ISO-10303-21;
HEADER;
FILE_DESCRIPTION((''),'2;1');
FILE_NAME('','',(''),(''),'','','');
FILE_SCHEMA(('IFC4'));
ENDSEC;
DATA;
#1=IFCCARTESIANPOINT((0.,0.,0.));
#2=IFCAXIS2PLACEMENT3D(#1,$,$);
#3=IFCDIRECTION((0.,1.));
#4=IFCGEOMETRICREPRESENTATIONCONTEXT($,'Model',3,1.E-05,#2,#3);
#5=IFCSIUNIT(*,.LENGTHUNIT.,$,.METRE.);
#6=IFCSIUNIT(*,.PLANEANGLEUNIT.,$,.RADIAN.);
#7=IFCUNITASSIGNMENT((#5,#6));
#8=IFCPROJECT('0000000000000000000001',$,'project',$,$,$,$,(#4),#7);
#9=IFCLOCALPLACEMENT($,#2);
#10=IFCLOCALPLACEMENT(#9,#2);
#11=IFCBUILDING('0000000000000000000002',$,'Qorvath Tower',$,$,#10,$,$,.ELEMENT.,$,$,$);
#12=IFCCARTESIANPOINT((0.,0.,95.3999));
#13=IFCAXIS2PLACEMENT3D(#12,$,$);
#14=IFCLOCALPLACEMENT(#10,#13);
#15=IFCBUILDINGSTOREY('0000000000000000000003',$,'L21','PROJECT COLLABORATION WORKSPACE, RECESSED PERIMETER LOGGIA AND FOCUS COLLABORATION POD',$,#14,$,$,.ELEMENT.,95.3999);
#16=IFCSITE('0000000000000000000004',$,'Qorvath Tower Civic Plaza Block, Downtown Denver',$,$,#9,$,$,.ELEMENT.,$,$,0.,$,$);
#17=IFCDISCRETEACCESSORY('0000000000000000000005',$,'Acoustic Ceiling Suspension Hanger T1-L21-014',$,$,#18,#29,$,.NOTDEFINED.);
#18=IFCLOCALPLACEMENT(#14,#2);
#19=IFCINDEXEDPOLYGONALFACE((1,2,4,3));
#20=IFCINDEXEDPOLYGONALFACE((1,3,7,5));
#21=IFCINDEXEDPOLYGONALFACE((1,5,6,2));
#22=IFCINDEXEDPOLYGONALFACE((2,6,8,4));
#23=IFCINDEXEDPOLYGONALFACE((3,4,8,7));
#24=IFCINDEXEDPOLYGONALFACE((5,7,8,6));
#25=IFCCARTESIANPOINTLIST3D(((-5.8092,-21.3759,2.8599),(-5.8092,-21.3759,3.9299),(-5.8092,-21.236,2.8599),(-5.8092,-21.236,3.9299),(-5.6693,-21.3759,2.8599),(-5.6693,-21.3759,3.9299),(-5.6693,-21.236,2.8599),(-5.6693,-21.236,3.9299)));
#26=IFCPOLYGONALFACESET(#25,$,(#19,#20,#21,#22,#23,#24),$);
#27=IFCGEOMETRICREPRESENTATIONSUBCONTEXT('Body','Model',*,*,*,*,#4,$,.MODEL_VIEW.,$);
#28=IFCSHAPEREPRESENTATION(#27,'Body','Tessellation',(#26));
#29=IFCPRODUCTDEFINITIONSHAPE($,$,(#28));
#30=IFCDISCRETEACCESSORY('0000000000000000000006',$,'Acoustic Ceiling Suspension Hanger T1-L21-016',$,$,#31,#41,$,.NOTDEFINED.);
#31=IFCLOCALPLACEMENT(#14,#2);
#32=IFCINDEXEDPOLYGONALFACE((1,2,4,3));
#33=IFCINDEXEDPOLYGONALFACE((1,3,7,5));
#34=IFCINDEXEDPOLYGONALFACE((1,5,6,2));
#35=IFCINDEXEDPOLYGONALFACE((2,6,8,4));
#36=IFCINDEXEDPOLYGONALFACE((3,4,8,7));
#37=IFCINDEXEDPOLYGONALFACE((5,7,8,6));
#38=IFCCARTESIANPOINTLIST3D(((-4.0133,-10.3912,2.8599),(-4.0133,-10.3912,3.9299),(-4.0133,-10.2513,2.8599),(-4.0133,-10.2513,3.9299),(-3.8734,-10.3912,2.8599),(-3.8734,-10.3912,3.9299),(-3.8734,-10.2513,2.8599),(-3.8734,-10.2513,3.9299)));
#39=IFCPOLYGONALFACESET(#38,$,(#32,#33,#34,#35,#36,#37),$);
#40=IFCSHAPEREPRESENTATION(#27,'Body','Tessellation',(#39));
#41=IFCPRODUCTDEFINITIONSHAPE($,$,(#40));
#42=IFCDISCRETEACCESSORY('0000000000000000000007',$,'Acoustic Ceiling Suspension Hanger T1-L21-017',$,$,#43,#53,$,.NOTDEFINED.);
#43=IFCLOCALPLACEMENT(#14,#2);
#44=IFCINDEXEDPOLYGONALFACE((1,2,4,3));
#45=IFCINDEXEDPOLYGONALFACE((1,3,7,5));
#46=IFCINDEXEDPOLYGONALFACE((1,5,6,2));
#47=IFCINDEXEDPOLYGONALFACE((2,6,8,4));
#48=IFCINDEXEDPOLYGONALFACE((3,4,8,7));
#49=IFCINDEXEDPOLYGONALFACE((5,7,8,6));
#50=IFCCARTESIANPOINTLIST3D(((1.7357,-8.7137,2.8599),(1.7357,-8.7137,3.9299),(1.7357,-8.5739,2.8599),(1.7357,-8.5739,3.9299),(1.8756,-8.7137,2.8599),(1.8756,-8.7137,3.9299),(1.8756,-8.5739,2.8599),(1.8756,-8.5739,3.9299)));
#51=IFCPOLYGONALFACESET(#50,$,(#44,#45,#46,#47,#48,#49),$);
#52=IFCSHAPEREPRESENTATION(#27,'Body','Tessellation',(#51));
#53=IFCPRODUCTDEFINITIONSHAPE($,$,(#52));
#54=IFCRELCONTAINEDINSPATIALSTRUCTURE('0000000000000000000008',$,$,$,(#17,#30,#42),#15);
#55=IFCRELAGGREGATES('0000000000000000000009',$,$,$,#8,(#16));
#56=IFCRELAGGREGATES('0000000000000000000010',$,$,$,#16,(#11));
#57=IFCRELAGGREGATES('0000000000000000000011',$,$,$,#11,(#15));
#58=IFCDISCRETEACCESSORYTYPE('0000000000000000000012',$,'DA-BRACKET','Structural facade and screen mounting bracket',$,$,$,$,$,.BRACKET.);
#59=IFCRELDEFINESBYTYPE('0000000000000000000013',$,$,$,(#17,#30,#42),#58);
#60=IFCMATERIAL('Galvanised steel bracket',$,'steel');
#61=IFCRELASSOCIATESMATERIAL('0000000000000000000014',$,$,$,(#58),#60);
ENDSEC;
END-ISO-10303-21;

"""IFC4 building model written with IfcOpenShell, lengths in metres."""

from ifc_helpers import new_model, si_unit, direction, frame, origin, origin_2d, place, context, subcontext, project, spatial, rectangle, extrude, material, type_object, element, save


model = new_model("IFC4")

# Units and contexts
model_context = context("Model", 3, precision=1e-05, world=origin(), true_north=direction((0.0, 1.0)))
body_context = subcontext(model_context, "Body", "Model", "MODEL_VIEW")
ifc_project = project(units=[si_unit("LENGTHUNIT", "METRE"), si_unit("PLANEANGLEUNIT", "RADIAN")], contexts=[model_context])

# Site, building, storey
site_placement = place(None, origin())
site = spatial("IfcSite", under=ifc_project, at=site_placement, Name="Qorvath Tower Civic Plaza Block, Downtown Denver", CompositionType="ELEMENT", RefElevation=0.0)
building_placement = place(site_placement, origin())
building = spatial("IfcBuilding", under=site, at=building_placement, Name="Qorvath Tower", CompositionType="ELEMENT")
storey_placement = place(building_placement, frame((0.0, 0.0, 95.3999)))
storey = spatial("IfcBuildingStorey", under=building, at=storey_placement, Name="L21", Description="PROJECT COLLABORATION WORKSPACE, RECESSED PERIMETER LOGGIA AND FOCUS COLLABORATION POD", CompositionType="ELEMENT", Elevation=95.3999)

# Discrete accessories
ifc_material_1 = material(Name="Galvanised steel bracket", Category="steel")
discrete_accessory_type = type_object("IfcDiscreteAccessoryType", Name="DA-BRACKET", Description="Structural facade and screen mounting bracket", PredefinedType="BRACKET", material=ifc_material_1)
for number, where, z_axis, x_axis, name in (
    (1, (-5.7393, -21.3059, 2.8599), (0.0, 0.0, 1.0), (1.0, 0.0, 0.0), "Acoustic Ceiling Suspension Hanger T1-L21-014"),
    (2, (-3.9434, -10.3213, 2.8599), (0.0, 0.0, 1.0), (1.0, 0.0, 0.0), "Acoustic Ceiling Suspension Hanger T1-L21-016"),
    (3, (1.8057, -8.6438, 2.8599), (0.0, 0.0, 1.0), (1.0, 0.0, 0.0), "Acoustic Ceiling Suspension Hanger T1-L21-017"),
):
    element("IfcDiscreteAccessory", number, at=place(storey_placement, frame(where, z_axis=z_axis, x_axis=x_axis)), inside=storey, type_object=discrete_accessory_type, Name=name, PredefinedType="NOTDEFINED", context=body_context, shape_type="SweptSolid", body=[
        extrude(rectangle(XDim=0.1399, YDim=0.1399, at=origin_2d()), origin(), (0.0, 0.0, 1.0), 1.0701),
    ])

save(model, "model.ifc")
